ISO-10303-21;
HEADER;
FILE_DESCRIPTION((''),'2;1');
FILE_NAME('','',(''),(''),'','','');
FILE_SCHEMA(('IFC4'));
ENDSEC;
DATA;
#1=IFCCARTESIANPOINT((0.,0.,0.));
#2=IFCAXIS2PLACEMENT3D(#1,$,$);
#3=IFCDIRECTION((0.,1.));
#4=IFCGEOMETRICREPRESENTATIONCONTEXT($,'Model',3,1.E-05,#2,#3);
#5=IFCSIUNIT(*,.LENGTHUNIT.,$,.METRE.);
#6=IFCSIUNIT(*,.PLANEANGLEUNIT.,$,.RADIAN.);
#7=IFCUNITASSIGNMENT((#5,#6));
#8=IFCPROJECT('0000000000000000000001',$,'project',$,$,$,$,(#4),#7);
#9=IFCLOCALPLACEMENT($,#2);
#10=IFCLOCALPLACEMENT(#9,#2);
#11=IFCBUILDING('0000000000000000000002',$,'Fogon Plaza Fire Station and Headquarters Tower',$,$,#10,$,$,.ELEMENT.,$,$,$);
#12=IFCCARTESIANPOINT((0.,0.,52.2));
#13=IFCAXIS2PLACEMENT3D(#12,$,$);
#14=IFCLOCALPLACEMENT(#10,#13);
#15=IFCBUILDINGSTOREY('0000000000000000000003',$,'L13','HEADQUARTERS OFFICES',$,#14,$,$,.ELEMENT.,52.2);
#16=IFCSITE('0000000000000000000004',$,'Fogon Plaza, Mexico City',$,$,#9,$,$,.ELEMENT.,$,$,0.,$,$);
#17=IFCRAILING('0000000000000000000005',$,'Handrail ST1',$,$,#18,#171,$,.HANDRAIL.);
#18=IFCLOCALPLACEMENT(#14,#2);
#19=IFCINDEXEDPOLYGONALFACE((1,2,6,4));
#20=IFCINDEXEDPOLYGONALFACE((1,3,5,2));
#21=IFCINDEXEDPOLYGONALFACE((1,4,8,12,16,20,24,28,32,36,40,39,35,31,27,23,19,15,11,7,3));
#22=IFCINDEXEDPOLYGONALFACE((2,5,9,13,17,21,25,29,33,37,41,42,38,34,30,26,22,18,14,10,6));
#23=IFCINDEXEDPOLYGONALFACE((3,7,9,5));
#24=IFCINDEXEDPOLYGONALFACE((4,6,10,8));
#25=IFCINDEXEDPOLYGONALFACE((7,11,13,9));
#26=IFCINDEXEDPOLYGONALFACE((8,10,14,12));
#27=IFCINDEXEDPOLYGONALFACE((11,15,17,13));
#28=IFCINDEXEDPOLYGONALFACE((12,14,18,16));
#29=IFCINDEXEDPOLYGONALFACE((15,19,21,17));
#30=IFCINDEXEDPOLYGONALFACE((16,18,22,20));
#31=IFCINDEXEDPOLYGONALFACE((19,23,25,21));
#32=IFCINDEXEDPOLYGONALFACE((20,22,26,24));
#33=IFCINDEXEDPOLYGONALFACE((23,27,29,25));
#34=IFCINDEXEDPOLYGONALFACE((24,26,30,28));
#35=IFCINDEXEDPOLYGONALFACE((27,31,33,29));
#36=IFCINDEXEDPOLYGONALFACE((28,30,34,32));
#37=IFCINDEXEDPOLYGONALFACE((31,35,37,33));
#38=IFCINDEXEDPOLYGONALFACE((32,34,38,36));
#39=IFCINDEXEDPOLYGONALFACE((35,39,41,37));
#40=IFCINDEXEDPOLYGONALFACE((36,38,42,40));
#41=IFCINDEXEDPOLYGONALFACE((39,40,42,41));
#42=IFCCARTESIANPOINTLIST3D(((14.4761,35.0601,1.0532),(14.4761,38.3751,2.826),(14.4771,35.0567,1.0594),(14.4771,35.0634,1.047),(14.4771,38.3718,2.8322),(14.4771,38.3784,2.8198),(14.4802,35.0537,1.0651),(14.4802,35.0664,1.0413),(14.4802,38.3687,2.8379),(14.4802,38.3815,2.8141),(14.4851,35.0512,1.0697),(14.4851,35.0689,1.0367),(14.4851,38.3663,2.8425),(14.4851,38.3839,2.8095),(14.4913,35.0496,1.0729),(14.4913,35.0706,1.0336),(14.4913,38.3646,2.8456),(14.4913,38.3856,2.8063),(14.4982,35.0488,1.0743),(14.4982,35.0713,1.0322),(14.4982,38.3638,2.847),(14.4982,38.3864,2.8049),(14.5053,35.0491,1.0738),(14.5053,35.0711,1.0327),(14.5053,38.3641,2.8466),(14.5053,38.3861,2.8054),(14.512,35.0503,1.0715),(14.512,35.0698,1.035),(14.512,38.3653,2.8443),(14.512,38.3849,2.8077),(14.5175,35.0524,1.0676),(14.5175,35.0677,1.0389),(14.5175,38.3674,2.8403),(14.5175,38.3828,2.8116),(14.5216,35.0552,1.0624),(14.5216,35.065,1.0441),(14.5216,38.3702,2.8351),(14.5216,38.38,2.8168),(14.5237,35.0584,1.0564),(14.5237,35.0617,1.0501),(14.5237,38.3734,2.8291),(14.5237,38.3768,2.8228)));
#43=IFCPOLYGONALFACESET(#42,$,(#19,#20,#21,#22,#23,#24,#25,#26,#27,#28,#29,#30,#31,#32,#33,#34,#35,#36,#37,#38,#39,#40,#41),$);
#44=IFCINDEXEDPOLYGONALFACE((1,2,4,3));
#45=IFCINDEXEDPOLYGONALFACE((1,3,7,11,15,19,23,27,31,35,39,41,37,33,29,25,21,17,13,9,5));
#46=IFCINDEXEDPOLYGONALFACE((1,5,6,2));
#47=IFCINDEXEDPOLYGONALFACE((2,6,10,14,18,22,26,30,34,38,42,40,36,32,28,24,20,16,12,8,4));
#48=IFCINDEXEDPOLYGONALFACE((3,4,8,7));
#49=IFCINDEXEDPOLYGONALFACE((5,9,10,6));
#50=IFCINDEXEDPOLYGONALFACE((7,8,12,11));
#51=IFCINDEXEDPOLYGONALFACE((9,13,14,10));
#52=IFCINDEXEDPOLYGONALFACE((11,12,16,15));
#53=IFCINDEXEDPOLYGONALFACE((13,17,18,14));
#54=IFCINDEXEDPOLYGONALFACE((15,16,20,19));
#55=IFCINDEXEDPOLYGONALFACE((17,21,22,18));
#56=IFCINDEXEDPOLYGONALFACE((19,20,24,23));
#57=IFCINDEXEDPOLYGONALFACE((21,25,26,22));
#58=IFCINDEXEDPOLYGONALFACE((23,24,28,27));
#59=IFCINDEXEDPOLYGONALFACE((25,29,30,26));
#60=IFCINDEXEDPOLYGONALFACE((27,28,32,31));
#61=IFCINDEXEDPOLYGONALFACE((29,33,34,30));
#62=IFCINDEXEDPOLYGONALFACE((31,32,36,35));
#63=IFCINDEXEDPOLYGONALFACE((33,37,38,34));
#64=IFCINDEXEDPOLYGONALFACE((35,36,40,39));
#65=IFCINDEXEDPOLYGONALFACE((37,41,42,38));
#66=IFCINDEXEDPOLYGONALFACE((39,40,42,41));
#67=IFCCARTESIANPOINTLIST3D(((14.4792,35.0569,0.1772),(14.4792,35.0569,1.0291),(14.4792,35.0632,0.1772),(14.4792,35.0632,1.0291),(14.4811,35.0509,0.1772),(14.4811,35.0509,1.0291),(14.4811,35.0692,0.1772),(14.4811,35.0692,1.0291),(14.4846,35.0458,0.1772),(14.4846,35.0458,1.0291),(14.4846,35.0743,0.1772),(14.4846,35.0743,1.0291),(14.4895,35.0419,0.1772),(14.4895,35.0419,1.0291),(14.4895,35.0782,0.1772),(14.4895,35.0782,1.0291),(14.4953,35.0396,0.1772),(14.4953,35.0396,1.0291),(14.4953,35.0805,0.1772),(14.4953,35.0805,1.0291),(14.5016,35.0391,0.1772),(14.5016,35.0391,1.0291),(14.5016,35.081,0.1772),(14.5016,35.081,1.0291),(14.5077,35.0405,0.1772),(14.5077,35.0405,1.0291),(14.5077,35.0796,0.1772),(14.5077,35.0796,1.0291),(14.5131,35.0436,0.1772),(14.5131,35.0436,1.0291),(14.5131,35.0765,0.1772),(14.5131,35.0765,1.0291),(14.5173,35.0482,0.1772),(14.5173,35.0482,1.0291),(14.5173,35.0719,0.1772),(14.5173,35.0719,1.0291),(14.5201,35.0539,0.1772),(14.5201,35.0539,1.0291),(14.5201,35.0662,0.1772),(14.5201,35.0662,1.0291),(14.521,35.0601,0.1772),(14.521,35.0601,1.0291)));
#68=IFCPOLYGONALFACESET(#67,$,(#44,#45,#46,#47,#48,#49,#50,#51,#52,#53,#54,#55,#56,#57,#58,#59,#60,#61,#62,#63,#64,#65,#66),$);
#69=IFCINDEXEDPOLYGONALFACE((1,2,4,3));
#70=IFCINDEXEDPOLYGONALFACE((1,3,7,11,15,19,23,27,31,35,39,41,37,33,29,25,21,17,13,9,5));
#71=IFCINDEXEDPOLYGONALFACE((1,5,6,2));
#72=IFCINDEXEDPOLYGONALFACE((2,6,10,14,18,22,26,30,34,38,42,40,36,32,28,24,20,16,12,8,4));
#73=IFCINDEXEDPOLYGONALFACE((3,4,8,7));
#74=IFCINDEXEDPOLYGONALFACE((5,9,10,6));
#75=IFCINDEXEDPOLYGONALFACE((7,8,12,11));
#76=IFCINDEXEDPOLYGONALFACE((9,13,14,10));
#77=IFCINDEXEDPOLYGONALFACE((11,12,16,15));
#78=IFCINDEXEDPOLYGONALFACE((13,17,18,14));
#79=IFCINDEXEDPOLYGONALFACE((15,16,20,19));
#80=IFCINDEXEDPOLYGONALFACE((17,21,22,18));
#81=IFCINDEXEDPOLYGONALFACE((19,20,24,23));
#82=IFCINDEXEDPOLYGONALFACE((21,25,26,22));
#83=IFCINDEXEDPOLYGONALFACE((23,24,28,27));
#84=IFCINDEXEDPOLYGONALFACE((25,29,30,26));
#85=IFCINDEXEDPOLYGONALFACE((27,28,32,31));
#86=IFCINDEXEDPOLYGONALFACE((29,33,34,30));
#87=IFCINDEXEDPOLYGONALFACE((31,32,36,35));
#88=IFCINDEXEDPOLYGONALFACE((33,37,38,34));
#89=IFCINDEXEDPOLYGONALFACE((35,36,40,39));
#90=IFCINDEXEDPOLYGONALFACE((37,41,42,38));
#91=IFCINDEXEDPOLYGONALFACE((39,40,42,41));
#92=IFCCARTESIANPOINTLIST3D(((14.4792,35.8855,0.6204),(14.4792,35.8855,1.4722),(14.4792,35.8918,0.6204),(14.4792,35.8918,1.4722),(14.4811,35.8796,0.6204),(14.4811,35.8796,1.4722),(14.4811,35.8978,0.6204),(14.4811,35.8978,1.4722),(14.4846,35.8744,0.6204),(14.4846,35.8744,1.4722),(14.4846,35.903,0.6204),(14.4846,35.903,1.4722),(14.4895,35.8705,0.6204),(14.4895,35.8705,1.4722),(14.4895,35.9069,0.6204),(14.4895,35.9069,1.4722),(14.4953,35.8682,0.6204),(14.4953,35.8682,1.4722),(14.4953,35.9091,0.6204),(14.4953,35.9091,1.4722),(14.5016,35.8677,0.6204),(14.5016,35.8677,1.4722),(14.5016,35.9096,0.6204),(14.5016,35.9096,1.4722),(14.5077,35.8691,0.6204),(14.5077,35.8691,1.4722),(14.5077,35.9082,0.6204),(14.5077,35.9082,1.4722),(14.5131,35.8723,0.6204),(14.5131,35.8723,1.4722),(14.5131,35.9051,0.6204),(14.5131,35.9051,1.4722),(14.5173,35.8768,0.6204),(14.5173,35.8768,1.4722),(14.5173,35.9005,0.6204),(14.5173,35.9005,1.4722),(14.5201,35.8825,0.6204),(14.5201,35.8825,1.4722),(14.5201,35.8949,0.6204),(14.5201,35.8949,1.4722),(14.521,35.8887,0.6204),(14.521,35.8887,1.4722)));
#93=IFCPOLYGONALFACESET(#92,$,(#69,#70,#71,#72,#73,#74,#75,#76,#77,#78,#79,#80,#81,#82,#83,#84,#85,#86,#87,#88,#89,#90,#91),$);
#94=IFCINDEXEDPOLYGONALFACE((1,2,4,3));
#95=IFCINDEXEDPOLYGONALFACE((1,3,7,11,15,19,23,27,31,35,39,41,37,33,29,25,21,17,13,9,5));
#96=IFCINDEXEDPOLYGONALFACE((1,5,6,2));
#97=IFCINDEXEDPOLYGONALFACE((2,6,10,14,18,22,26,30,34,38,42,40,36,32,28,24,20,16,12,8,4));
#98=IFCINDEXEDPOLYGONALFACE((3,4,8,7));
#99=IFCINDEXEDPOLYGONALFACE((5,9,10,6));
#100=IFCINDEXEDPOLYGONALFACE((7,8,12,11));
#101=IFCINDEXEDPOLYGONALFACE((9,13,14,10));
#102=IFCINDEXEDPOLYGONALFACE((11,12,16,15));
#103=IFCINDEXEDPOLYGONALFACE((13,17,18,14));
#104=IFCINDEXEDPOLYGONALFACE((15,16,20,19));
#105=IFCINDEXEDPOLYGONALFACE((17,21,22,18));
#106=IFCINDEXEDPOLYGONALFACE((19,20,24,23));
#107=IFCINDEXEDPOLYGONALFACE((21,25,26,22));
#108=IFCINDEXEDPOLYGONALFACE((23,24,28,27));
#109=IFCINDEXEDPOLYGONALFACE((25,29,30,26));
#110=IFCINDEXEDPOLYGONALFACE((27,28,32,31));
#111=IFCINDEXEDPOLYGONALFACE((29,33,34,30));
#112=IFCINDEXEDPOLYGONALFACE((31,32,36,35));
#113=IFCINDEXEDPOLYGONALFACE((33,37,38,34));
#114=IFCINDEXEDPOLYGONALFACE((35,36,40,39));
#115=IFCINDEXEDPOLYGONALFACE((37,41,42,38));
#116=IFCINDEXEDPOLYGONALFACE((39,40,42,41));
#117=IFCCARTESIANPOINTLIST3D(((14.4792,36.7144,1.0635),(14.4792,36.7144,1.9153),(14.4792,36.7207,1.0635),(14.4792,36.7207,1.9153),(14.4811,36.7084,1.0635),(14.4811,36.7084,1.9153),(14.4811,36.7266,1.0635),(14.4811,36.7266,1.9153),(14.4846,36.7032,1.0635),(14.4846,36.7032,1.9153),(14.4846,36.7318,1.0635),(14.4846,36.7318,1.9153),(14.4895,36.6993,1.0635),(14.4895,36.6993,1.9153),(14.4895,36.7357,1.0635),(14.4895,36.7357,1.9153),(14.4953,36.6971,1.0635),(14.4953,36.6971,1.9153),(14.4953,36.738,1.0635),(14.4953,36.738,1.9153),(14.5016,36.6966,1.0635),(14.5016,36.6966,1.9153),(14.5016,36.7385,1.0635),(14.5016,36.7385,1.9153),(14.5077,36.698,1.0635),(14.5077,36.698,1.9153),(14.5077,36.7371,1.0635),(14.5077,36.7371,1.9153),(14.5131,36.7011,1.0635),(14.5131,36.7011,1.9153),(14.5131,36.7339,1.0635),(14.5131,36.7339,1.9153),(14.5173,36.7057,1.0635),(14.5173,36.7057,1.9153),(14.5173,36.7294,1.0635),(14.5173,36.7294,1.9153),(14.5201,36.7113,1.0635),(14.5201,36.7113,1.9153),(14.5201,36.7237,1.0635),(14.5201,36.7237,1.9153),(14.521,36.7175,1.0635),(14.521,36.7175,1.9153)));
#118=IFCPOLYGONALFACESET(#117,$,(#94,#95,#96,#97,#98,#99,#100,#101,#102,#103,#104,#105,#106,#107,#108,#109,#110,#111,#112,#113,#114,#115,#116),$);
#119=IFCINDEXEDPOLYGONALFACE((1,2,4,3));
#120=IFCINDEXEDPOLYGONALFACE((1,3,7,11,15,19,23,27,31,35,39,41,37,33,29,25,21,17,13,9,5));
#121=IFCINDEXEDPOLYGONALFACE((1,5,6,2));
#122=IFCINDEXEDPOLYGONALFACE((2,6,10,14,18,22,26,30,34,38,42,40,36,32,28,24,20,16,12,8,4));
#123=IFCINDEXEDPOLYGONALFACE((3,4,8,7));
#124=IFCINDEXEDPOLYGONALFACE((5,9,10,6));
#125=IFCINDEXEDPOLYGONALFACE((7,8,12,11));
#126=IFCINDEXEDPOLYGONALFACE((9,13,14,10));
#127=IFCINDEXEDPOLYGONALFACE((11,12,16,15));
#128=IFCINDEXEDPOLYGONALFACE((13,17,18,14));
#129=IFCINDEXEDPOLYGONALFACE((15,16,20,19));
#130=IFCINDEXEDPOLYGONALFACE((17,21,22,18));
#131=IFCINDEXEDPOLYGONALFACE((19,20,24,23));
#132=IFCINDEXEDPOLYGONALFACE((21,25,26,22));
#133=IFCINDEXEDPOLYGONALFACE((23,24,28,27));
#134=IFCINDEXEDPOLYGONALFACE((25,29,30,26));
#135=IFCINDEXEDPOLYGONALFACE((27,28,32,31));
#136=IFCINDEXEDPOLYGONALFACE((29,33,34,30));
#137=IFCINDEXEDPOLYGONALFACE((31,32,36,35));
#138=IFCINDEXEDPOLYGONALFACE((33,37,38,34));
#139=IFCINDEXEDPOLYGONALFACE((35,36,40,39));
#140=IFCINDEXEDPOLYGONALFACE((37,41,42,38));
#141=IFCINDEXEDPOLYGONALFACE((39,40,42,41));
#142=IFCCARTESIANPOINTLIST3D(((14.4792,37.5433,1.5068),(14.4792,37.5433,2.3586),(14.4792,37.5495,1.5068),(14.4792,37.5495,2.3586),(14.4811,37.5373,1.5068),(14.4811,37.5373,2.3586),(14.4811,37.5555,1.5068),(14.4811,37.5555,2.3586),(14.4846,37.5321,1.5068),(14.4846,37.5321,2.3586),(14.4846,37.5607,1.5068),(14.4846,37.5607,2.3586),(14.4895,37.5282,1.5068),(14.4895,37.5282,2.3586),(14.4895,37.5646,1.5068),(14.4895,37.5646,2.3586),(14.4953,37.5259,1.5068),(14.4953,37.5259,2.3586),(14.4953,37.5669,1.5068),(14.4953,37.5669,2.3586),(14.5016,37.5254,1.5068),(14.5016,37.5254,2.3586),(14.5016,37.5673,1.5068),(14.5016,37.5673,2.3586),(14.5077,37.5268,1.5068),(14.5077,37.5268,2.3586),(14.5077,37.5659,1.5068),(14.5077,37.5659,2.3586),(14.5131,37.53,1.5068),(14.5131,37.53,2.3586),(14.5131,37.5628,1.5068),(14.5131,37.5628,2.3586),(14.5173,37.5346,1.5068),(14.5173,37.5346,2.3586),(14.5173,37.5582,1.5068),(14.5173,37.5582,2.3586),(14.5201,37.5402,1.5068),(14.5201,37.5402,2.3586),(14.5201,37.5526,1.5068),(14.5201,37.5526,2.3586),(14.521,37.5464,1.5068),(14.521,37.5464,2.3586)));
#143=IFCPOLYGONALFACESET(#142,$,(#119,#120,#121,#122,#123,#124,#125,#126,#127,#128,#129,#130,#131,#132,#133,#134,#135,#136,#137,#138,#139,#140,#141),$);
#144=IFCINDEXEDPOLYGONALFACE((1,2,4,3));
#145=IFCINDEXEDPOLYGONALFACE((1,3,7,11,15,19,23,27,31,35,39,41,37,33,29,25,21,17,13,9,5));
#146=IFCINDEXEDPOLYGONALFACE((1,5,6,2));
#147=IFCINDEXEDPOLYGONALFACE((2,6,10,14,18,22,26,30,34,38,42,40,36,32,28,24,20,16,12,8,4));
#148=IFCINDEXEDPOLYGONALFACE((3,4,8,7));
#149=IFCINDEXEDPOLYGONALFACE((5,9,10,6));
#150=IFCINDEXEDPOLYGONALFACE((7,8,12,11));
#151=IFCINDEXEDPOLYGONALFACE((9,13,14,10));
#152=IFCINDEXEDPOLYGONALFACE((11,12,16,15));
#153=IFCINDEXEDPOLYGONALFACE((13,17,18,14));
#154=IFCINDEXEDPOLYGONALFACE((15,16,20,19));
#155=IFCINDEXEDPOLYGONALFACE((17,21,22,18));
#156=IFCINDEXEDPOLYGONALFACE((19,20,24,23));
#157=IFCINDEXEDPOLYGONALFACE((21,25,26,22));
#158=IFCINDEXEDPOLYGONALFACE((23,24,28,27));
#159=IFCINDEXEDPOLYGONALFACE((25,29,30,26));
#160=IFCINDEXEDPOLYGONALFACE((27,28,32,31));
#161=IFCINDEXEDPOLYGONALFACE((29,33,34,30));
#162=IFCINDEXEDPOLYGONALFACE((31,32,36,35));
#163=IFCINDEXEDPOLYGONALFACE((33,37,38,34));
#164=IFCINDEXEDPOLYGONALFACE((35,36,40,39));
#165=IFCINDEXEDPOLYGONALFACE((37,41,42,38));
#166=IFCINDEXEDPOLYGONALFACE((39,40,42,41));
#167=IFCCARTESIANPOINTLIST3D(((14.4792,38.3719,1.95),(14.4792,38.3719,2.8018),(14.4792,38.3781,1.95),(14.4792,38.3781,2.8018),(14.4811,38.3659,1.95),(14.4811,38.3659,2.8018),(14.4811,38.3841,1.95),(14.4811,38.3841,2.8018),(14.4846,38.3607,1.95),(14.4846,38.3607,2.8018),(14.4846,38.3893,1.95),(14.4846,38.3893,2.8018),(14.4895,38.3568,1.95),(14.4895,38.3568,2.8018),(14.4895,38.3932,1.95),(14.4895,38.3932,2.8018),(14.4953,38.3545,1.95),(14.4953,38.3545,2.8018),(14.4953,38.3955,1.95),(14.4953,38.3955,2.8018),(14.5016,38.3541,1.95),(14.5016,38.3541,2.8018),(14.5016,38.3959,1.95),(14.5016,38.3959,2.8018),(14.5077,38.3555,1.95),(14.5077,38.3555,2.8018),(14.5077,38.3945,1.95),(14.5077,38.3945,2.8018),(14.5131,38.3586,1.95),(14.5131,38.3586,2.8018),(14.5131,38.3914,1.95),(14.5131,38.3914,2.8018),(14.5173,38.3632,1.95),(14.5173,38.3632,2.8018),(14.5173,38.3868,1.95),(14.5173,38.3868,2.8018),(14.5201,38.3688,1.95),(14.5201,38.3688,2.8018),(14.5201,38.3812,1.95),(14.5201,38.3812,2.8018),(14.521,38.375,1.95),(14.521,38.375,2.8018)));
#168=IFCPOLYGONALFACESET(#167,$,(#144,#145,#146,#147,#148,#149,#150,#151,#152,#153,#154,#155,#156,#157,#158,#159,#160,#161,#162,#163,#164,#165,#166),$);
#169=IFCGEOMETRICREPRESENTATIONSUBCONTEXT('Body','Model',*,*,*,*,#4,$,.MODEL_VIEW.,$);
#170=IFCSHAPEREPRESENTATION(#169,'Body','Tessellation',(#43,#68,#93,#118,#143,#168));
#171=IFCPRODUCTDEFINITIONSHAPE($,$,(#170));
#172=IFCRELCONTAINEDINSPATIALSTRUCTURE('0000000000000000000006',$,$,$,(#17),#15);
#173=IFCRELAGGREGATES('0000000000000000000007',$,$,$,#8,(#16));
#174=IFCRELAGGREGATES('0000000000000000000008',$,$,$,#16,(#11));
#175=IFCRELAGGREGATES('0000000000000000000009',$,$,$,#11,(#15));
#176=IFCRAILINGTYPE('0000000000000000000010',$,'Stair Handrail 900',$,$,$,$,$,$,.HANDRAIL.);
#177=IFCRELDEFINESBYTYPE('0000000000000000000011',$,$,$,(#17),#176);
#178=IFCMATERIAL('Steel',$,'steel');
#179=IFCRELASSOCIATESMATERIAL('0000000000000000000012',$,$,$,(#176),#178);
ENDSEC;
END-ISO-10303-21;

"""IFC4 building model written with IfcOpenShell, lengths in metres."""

from ifc_helpers import new_model, si_unit, direction, frame, origin, origin_2d, place, context, subcontext, project, spatial, circle, extrude, material, type_object, element, save


model = new_model("IFC4")

# Units and contexts
model_context = context("Model", 3, precision=1e-05, world=origin(), true_north=direction((0.0, 1.0)))
body_context = subcontext(model_context, "Body", "Model", "MODEL_VIEW")
ifc_project = project(units=[si_unit("LENGTHUNIT", "METRE"), si_unit("PLANEANGLEUNIT", "RADIAN")], contexts=[model_context])

# Site, building, storey
site_placement = place(None, origin())
site = spatial("IfcSite", under=ifc_project, at=site_placement, Name="Fogon Plaza, Mexico City", CompositionType="ELEMENT", RefElevation=0.0)
building_placement = place(site_placement, origin())
building = spatial("IfcBuilding", under=site, at=building_placement, Name="Fogon Plaza Fire Station and Headquarters Tower", CompositionType="ELEMENT")
storey_placement = place(building_placement, frame((0.0, 0.0, 52.2)))
storey = spatial("IfcBuildingStorey", under=building, at=storey_placement, Name="L13", Description="HEADQUARTERS OFFICES", CompositionType="ELEMENT", Elevation=52.2)

# Railing
ifc_material_1 = material(Name="Steel", Category="steel")
railing_type = type_object("IfcRailingType", Name="Stair Handrail 900", PredefinedType="HANDRAIL", material=ifc_material_1)
for number, where, name in (
    (1, (14.5, 35.0601, 0.1772), "Handrail ST1"),
):
    element("IfcRailing", number, at=place(storey_placement, frame(where)), inside=storey, type_object=railing_type, Name=name, PredefinedType="HANDRAIL", context=body_context, shape_type="SweptSolid", body=[
        extrude(circle(Radius=0.0239, at=origin_2d()), frame((0.0, 0.0, 0.876), z_axis=(0.0, 0.881829, 0.471569), x_axis=(-1.0, 0.0, 0.0)), (0.0, 0.0, 1.0), 3.7593),
        extrude(circle(Radius=0.021, at=origin_2d()), origin(), (0.0, 0.0, 1.0), 0.8518),
        extrude(circle(Radius=0.021, at=origin_2d()), frame((0.0, 0.8286, 0.4431)), (0.0, 0.0, 1.0), 0.8518),
        extrude(circle(Radius=0.021, at=origin_2d()), frame((0.0, 1.6575, 0.8862)), (0.0, 0.0, 1.0), 0.8518),
        extrude(circle(Radius=0.021, at=origin_2d()), frame((0.0, 2.4863, 1.3296)), (0.0, 0.0, 1.0), 0.8518),
        extrude(circle(Radius=0.021, at=origin_2d()), frame((0.0, 3.3149, 1.7727)), (0.0, 0.0, 1.0), 0.8518),
    ])

save(model, "model.ifc")
